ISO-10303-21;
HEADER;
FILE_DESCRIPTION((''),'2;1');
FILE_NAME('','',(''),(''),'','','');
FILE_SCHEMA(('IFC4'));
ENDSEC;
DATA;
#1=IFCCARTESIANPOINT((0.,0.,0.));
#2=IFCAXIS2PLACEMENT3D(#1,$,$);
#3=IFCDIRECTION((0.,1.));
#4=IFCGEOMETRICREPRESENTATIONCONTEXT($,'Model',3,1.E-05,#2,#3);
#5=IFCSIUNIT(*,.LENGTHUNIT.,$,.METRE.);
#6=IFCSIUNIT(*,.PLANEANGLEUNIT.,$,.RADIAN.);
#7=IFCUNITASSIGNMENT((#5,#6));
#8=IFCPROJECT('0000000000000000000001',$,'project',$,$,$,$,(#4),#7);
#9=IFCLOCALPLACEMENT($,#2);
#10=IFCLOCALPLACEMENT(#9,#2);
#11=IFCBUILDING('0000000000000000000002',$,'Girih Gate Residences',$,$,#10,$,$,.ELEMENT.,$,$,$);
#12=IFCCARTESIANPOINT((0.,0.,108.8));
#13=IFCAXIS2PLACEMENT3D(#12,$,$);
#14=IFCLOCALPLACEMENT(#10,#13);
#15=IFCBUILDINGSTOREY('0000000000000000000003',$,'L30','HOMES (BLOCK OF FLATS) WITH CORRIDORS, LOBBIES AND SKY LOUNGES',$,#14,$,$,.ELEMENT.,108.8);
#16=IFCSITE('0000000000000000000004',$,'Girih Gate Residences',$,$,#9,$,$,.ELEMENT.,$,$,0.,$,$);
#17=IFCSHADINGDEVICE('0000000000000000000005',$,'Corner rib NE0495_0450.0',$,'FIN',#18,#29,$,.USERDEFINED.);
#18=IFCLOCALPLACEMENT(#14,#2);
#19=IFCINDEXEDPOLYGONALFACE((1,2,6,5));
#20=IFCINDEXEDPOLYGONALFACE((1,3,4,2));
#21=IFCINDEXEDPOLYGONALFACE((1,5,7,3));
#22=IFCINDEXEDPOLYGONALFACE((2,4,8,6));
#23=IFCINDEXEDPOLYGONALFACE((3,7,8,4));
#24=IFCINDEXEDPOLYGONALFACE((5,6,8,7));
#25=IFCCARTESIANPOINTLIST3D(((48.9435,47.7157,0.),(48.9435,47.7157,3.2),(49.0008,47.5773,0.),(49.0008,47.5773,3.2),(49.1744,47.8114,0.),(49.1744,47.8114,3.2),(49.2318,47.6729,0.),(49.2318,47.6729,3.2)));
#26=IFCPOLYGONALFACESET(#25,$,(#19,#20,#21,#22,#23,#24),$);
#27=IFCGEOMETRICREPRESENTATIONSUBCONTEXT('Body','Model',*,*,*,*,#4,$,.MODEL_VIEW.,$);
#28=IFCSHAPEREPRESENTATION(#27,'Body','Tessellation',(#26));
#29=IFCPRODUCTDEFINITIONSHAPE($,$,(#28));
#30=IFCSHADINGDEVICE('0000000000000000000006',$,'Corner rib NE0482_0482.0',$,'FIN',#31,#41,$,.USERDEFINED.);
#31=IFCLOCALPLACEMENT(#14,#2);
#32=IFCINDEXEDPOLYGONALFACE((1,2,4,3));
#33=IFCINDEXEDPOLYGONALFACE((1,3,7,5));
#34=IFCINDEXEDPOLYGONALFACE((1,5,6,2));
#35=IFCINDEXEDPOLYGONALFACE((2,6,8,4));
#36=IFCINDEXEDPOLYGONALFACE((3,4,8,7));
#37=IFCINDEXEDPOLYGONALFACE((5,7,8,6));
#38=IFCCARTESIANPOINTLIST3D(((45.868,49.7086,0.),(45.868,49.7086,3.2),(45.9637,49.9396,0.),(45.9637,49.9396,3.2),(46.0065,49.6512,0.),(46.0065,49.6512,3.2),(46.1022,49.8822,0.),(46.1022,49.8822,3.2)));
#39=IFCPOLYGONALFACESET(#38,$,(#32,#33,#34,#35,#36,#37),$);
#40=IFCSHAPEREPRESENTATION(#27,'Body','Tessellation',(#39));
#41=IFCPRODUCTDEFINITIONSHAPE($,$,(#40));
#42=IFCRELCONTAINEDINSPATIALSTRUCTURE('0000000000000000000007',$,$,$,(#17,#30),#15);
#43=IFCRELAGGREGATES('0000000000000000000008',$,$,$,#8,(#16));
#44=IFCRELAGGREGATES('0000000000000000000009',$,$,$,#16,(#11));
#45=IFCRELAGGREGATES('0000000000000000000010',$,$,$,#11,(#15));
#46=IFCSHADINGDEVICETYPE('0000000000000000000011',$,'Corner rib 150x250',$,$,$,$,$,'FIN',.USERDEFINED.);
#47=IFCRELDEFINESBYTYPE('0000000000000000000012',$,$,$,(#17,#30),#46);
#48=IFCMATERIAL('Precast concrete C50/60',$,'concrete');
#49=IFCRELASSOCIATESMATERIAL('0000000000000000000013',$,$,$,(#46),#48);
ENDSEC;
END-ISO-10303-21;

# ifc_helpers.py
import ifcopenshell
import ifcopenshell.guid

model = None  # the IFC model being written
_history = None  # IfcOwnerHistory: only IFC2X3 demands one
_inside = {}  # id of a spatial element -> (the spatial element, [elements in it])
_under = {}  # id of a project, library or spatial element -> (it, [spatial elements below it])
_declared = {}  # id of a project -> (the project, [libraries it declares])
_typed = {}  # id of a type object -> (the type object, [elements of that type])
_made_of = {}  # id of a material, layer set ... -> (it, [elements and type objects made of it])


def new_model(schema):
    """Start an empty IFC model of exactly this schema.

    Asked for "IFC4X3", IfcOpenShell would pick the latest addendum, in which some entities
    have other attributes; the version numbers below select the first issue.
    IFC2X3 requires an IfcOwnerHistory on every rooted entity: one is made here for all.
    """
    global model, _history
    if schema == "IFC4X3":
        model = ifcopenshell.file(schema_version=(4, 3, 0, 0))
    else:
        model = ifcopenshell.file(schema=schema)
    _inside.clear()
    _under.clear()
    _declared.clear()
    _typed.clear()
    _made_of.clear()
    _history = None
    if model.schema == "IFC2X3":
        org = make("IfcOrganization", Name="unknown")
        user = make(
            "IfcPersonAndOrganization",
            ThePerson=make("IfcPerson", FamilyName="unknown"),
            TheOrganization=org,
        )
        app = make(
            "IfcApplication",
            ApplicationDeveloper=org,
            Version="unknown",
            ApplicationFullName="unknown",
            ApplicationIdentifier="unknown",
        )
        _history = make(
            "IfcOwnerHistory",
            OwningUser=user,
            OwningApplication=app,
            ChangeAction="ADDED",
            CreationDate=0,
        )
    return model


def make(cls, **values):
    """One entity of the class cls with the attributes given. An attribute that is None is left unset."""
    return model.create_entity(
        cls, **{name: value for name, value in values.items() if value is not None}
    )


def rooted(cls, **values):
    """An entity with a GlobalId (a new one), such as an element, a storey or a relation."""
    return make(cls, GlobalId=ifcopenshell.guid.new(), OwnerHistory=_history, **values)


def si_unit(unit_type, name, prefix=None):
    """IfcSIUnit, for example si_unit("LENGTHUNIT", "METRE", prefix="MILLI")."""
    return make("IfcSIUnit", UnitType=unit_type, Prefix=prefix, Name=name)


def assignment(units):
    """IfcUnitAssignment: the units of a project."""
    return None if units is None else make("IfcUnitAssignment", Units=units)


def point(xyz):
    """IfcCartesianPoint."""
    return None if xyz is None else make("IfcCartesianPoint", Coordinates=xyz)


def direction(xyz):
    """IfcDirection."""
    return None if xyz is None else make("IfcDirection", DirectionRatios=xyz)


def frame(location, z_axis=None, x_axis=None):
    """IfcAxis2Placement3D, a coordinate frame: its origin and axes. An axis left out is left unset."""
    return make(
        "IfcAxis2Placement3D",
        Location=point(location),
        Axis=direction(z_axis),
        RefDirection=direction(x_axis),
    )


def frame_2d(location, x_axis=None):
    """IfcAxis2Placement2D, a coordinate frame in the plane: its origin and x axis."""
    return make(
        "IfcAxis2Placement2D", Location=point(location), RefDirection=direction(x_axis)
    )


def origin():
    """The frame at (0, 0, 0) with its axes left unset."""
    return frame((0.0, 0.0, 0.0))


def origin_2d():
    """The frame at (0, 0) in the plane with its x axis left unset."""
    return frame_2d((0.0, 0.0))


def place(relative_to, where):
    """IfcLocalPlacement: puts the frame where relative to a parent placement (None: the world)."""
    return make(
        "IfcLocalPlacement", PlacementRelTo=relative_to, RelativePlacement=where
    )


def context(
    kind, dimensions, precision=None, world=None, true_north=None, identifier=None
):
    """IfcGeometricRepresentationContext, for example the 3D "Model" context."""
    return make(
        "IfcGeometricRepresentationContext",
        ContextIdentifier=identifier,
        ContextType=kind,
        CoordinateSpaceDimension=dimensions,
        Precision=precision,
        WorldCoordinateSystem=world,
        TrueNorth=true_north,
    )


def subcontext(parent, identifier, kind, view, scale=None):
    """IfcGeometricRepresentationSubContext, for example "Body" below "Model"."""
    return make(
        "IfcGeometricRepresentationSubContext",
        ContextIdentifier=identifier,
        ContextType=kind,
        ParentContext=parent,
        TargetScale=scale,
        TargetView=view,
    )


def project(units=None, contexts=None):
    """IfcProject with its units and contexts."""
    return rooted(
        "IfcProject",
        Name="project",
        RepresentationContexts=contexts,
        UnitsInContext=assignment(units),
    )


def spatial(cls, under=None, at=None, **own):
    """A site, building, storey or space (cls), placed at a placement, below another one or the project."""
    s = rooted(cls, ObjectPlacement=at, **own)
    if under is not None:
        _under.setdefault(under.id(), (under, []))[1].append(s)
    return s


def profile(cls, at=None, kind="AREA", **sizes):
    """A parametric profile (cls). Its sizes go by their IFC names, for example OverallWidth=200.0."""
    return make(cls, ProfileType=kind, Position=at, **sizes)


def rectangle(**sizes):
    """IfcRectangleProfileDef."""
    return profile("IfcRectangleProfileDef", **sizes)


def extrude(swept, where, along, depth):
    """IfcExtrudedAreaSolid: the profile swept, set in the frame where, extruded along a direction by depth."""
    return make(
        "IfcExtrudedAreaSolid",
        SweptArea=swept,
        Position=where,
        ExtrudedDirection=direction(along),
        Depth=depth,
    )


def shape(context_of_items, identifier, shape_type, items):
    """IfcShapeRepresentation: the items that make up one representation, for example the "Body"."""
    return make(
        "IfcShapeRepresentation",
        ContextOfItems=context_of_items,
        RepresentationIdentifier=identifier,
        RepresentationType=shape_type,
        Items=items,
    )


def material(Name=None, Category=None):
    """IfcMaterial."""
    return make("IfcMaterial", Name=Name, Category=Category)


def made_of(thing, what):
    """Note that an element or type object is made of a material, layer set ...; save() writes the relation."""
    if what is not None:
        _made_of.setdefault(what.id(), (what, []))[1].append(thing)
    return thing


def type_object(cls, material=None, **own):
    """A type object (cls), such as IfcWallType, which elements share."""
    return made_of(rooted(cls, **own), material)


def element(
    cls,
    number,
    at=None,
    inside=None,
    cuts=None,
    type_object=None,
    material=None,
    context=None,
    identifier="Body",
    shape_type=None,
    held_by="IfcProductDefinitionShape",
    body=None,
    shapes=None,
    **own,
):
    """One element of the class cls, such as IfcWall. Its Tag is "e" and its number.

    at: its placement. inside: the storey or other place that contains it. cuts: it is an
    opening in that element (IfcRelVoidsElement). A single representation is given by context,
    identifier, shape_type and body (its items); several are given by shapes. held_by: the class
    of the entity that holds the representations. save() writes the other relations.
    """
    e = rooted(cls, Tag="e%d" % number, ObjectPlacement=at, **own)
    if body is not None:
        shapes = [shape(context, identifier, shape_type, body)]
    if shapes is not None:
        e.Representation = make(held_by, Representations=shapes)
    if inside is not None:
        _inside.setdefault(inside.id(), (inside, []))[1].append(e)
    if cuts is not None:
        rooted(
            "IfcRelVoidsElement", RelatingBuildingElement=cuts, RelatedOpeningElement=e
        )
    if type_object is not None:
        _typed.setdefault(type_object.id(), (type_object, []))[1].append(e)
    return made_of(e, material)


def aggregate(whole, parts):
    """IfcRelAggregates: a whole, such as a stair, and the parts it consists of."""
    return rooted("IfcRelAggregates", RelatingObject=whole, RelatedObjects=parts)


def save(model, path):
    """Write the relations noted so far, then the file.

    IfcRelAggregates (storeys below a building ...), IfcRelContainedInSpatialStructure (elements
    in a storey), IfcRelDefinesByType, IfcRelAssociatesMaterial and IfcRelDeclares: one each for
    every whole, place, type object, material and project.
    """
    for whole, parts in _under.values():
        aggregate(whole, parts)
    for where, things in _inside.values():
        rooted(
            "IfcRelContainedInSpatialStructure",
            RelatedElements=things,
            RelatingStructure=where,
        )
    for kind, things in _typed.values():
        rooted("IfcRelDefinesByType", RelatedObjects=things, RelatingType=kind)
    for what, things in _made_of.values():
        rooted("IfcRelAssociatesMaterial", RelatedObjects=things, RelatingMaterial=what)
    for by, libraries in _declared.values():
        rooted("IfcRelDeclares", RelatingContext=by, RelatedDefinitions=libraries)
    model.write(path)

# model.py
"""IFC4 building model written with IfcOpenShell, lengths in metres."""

from ifc_helpers import new_model, si_unit, direction, frame, origin, origin_2d, place, context, subcontext, project, spatial, rectangle, extrude, material, type_object, element, save


model = new_model("IFC4")

# Units and contexts
model_context = context("Model", 3, precision=1e-05, world=origin(), true_north=direction((0.0, 1.0)))
body_context = subcontext(model_context, "Body", "Model", "MODEL_VIEW")
ifc_project = project(units=[si_unit("LENGTHUNIT", "METRE"), si_unit("PLANEANGLEUNIT", "RADIAN")], contexts=[model_context])

# Site, building, storey
site_placement = place(None, origin())
site = spatial("IfcSite", under=ifc_project, at=site_placement, Name="Girih Gate Residences", CompositionType="ELEMENT", RefElevation=0.0)
building_placement = place(site_placement, origin())
building = spatial("IfcBuilding", under=site, at=building_placement, Name="Girih Gate Residences", CompositionType="ELEMENT")
storey_placement = place(building_placement, frame((0.0, 0.0, 108.8)))
storey = spatial("IfcBuildingStorey", under=building, at=storey_placement, Name="L30", Description="HOMES (BLOCK OF FLATS) WITH CORRIDORS, LOBBIES AND SKY LOUNGES", CompositionType="ELEMENT", Elevation=108.8)

# Shared definitions
ifc_material_1 = material(Name="Precast concrete C50/60", Category="concrete")

# Shading devices
shading_device_type = type_object("IfcShadingDeviceType", Name="Corner rib 150x250", ElementType="FIN", PredefinedType="USERDEFINED", material=ifc_material_1)
for number, where, z_axis, x_axis, name in (
    (1, (49.0876, 47.6943, 0.0), (0.0, 0.0, 1.0), (-0.382683, 0.92388, 0.0), "Corner rib NE0495_0450.0"),
    (2, (45.9851, 49.7954, 0.0), (0.0, 0.0, 1.0), (-0.92388, 0.382683, 0.0), "Corner rib NE0482_0482.0"),
):
    element("IfcShadingDevice", number, at=place(storey_placement, frame(where, z_axis=z_axis, x_axis=x_axis)), inside=storey, type_object=shading_device_type, Name=name, ObjectType="FIN", PredefinedType="USERDEFINED", context=body_context, shape_type="SweptSolid", body=[
        extrude(rectangle(XDim=0.1499, YDim=0.25, at=origin_2d()), origin(), (0.0, 0.0, 1.0), 3.2),
    ])

save(model, "model.ifc")
